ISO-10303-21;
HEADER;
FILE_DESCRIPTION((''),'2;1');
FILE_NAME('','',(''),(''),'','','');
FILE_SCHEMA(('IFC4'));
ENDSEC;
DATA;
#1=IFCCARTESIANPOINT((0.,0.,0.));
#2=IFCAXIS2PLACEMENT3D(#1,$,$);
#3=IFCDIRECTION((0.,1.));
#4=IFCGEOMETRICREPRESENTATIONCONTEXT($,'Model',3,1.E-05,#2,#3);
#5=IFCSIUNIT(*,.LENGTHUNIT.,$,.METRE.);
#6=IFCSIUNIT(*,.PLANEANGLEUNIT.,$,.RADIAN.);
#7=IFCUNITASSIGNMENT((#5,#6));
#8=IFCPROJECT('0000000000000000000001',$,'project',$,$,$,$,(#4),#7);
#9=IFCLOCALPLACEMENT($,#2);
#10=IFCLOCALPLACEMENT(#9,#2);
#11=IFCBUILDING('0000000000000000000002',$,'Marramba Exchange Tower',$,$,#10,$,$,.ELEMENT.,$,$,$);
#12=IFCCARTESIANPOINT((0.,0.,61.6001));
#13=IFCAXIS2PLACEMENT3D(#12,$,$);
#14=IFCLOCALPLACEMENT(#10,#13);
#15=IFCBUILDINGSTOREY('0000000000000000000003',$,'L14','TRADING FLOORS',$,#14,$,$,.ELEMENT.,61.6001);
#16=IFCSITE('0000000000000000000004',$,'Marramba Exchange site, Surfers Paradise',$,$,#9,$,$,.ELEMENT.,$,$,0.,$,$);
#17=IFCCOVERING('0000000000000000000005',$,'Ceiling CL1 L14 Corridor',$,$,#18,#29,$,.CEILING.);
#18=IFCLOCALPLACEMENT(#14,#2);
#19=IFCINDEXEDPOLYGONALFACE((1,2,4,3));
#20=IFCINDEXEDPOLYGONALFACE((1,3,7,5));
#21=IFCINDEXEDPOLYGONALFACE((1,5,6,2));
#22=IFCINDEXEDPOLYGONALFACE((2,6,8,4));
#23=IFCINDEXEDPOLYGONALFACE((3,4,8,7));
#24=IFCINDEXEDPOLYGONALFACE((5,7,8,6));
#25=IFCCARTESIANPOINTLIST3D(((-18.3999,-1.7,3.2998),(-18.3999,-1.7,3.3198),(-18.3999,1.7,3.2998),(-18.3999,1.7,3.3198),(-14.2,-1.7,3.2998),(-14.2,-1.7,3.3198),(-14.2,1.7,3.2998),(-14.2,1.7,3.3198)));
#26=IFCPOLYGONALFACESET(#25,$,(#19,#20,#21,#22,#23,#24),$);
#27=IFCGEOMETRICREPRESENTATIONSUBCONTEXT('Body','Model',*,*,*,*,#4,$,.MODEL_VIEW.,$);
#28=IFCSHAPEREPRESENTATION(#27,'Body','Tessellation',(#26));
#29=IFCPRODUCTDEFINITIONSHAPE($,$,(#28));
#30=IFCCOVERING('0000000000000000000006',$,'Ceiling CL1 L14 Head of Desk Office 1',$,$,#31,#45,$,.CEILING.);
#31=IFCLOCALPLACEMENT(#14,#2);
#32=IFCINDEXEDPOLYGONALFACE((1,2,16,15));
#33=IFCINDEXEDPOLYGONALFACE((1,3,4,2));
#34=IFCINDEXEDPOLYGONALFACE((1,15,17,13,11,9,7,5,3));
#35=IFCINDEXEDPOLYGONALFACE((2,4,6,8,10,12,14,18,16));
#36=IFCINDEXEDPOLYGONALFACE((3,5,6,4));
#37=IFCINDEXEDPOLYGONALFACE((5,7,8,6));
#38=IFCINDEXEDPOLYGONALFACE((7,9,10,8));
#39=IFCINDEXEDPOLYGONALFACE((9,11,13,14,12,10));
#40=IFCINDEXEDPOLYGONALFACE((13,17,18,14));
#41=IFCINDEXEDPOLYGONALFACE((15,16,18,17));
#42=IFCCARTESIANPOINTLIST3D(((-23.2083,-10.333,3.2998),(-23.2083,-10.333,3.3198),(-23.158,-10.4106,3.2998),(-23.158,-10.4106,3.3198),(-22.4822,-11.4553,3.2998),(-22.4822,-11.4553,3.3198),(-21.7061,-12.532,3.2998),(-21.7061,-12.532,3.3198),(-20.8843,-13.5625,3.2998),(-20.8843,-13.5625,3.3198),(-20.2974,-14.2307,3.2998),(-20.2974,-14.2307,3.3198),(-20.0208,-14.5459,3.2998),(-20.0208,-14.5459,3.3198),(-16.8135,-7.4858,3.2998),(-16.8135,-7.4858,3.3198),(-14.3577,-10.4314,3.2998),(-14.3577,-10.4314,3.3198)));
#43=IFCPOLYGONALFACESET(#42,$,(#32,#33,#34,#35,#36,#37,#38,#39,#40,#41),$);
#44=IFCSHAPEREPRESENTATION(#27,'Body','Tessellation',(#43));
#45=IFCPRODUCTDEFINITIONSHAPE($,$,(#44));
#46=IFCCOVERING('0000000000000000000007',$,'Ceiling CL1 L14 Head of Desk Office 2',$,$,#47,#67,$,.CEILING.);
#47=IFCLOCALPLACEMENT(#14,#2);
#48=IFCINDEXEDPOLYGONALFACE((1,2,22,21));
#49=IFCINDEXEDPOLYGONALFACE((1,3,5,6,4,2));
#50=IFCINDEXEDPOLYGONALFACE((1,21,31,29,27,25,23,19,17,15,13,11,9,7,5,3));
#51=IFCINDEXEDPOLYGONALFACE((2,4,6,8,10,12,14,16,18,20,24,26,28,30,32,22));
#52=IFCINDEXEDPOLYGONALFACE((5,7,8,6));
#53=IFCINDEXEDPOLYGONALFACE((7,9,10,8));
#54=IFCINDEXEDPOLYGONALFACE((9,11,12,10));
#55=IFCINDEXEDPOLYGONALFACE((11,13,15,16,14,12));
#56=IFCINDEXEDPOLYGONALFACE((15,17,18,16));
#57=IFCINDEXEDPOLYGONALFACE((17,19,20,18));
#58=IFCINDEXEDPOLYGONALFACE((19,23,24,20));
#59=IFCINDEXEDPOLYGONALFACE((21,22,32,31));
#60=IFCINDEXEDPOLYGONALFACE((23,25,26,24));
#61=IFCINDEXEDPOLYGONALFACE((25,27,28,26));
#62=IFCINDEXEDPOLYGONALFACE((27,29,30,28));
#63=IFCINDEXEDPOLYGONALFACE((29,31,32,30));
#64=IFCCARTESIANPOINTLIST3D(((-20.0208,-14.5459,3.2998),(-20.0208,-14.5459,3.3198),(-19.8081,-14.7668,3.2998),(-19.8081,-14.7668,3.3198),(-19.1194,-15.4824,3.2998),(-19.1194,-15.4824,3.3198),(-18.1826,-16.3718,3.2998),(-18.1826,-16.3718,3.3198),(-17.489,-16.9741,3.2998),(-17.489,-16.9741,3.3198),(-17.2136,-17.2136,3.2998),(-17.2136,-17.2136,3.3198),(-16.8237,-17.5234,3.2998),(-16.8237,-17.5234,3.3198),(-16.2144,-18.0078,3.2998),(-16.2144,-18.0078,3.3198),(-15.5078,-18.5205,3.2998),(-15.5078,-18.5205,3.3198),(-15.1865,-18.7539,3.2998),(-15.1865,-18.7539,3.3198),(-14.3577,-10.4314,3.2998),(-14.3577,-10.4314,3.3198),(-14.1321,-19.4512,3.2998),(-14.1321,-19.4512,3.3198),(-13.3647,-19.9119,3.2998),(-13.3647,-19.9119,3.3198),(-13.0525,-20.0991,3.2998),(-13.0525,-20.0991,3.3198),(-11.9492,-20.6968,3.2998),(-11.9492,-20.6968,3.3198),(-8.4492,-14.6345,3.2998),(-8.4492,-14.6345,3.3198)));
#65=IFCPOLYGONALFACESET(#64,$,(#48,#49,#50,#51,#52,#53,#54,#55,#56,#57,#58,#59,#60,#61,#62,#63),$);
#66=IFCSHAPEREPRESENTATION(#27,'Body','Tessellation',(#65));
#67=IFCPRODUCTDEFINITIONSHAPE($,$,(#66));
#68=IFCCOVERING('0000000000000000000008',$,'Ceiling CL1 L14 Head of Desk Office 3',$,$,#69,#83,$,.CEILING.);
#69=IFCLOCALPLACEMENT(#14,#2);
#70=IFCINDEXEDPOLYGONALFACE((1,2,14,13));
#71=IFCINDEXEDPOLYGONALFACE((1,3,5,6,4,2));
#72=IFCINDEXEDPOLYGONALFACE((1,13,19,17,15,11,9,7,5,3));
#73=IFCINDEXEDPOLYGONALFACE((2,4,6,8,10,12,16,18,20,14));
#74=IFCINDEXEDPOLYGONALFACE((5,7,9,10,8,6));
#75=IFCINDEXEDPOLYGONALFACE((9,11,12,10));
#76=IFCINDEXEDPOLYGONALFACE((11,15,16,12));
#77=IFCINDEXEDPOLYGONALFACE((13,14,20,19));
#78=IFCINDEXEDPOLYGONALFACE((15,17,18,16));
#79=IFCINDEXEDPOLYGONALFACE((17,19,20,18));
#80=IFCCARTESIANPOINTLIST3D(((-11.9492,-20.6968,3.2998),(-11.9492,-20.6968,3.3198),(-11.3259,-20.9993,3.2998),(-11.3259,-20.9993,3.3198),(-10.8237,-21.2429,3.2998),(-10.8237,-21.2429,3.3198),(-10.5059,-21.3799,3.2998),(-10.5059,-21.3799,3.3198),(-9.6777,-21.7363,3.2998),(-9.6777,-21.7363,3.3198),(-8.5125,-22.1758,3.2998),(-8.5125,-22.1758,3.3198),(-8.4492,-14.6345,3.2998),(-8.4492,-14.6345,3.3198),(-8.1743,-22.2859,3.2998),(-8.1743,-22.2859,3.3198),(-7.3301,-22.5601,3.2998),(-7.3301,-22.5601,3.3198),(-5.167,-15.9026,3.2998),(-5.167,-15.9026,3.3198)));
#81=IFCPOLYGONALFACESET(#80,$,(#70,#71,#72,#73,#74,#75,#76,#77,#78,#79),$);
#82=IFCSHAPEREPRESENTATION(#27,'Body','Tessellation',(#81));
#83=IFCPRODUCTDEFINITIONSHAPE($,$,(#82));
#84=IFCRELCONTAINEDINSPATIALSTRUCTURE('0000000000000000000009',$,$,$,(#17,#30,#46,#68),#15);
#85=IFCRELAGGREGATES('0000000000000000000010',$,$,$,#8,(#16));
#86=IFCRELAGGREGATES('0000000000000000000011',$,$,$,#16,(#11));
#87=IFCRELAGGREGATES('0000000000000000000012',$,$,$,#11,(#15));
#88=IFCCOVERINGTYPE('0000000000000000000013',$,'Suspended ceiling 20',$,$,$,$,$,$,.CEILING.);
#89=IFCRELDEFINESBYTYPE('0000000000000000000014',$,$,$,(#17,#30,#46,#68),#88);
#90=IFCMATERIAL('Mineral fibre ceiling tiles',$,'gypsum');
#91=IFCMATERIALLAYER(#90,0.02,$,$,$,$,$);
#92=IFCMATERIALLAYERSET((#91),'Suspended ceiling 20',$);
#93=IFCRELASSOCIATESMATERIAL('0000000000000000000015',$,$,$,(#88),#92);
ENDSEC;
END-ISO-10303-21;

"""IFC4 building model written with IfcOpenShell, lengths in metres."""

from ifc_helpers import new_model, si_unit, direction, frame, origin, place, context, subcontext, project, spatial, polyline, outline, extrude, material, layer, layer_set, type_object, element, save


model = new_model("IFC4")

# Units and contexts
model_context = context("Model", 3, precision=1e-05, world=origin(), true_north=direction((0.0, 1.0)))
body_context = subcontext(model_context, "Body", "Model", "MODEL_VIEW")
ifc_project = project(units=[si_unit("LENGTHUNIT", "METRE"), si_unit("PLANEANGLEUNIT", "RADIAN")], contexts=[model_context])

# Site, building, storey
site_placement = place(None, origin())
site = spatial("IfcSite", under=ifc_project, at=site_placement, Name="Marramba Exchange site, Surfers Paradise", CompositionType="ELEMENT", RefElevation=0.0)
building_placement = place(site_placement, origin())
building = spatial("IfcBuilding", under=site, at=building_placement, Name="Marramba Exchange Tower", CompositionType="ELEMENT")
storey_placement = place(building_placement, frame((0.0, 0.0, 61.6001)))
storey = spatial("IfcBuildingStorey", under=building, at=storey_placement, Name="L14", Description="TRADING FLOORS", CompositionType="ELEMENT", Elevation=61.6001)

# Coverings
ifc_material_1 = material(Name="Mineral fibre ceiling tiles", Category="gypsum")
ifc_layer_1 = layer(ifc_material_1, 0.02)
ifc_layer_set_1 = layer_set([ifc_layer_1], Name="Suspended ceiling 20")
covering_type_1 = type_object("IfcCoveringType", Name="Suspended ceiling 20", PredefinedType="CEILING", material=ifc_layer_set_1)
covering_1_placement = place(storey_placement, frame((0.0, 0.0, 3.2998)))
element("IfcCovering", 1, at=covering_1_placement, inside=storey, type_object=covering_type_1, Name="Ceiling CL1 L14 Corridor", PredefinedType="CEILING", context=body_context, shape_type="SweptSolid", body=[
    extrude(outline(polyline([(-18.3999, 1.7), (-14.2, 1.7), (-14.2, -1.7), (-18.3999, -1.7), (-18.3999, 1.7)])), origin(), (0.0, 0.0, 1.0), 0.02),
])
covering_2_placement = place(storey_placement, frame((0.0, 0.0, 3.2998)))
element("IfcCovering", 2, at=covering_2_placement, inside=storey, type_object=covering_type_1, Name="Ceiling CL1 L14 Head of Desk Office 1", PredefinedType="CEILING", context=body_context, shape_type="SweptSolid", body=[
    extrude(outline(polyline([(-20.2974, -14.2307), (-20.8843, -13.5625), (-21.7061, -12.532), (-22.4822, -11.4553), (-23.158, -10.4106), (-23.2083, -10.333), (-16.8135, -7.4858), (-14.3577, -10.4314), (-20.0208, -14.5459), (-20.2974, -14.2307)])), origin(), (0.0, 0.0, 1.0), 0.02),
])
covering_3_placement = place(storey_placement, frame((0.0, 0.0, 3.2998)))
element("IfcCovering", 3, at=covering_3_placement, inside=storey, type_object=covering_type_1, Name="Ceiling CL1 L14 Head of Desk Office 2", PredefinedType="CEILING", context=body_context, shape_type="SweptSolid", body=[
    extrude(outline(polyline([(-13.0525, -20.0991), (-13.3647, -19.9119), (-14.1321, -19.4512), (-15.1865, -18.7539), (-15.5078, -18.5205), (-16.2144, -18.0078), (-16.8237, -17.5234), (-17.2136, -17.2136), (-17.489, -16.9741), (-18.1826, -16.3718), (-19.1194, -15.4824), (-19.8081, -14.7668), (-20.0208, -14.5459), (-14.3577, -10.4314), (-8.4492, -14.6345), (-11.9492, -20.6968), (-13.0525, -20.0991)])), origin(), (0.0, 0.0, 1.0), 0.02),
])
covering_4_placement = place(storey_placement, frame((0.0, 0.0, 3.2998)))
element("IfcCovering", 4, at=covering_4_placement, inside=storey, type_object=covering_type_1, Name="Ceiling CL1 L14 Head of Desk Office 3", PredefinedType="CEILING", context=body_context, shape_type="SweptSolid", body=[
    extrude(outline(polyline([(-8.1743, -22.2859), (-8.5125, -22.1758), (-9.6777, -21.7363), (-10.5059, -21.3799), (-10.8237, -21.2429), (-11.3259, -20.9993), (-11.9492, -20.6968), (-8.4492, -14.6345), (-5.167, -15.9026), (-7.3301, -22.5601), (-8.1743, -22.2859)])), origin(), (0.0, 0.0, 1.0), 0.02),
])

save(model, "model.ifc")
